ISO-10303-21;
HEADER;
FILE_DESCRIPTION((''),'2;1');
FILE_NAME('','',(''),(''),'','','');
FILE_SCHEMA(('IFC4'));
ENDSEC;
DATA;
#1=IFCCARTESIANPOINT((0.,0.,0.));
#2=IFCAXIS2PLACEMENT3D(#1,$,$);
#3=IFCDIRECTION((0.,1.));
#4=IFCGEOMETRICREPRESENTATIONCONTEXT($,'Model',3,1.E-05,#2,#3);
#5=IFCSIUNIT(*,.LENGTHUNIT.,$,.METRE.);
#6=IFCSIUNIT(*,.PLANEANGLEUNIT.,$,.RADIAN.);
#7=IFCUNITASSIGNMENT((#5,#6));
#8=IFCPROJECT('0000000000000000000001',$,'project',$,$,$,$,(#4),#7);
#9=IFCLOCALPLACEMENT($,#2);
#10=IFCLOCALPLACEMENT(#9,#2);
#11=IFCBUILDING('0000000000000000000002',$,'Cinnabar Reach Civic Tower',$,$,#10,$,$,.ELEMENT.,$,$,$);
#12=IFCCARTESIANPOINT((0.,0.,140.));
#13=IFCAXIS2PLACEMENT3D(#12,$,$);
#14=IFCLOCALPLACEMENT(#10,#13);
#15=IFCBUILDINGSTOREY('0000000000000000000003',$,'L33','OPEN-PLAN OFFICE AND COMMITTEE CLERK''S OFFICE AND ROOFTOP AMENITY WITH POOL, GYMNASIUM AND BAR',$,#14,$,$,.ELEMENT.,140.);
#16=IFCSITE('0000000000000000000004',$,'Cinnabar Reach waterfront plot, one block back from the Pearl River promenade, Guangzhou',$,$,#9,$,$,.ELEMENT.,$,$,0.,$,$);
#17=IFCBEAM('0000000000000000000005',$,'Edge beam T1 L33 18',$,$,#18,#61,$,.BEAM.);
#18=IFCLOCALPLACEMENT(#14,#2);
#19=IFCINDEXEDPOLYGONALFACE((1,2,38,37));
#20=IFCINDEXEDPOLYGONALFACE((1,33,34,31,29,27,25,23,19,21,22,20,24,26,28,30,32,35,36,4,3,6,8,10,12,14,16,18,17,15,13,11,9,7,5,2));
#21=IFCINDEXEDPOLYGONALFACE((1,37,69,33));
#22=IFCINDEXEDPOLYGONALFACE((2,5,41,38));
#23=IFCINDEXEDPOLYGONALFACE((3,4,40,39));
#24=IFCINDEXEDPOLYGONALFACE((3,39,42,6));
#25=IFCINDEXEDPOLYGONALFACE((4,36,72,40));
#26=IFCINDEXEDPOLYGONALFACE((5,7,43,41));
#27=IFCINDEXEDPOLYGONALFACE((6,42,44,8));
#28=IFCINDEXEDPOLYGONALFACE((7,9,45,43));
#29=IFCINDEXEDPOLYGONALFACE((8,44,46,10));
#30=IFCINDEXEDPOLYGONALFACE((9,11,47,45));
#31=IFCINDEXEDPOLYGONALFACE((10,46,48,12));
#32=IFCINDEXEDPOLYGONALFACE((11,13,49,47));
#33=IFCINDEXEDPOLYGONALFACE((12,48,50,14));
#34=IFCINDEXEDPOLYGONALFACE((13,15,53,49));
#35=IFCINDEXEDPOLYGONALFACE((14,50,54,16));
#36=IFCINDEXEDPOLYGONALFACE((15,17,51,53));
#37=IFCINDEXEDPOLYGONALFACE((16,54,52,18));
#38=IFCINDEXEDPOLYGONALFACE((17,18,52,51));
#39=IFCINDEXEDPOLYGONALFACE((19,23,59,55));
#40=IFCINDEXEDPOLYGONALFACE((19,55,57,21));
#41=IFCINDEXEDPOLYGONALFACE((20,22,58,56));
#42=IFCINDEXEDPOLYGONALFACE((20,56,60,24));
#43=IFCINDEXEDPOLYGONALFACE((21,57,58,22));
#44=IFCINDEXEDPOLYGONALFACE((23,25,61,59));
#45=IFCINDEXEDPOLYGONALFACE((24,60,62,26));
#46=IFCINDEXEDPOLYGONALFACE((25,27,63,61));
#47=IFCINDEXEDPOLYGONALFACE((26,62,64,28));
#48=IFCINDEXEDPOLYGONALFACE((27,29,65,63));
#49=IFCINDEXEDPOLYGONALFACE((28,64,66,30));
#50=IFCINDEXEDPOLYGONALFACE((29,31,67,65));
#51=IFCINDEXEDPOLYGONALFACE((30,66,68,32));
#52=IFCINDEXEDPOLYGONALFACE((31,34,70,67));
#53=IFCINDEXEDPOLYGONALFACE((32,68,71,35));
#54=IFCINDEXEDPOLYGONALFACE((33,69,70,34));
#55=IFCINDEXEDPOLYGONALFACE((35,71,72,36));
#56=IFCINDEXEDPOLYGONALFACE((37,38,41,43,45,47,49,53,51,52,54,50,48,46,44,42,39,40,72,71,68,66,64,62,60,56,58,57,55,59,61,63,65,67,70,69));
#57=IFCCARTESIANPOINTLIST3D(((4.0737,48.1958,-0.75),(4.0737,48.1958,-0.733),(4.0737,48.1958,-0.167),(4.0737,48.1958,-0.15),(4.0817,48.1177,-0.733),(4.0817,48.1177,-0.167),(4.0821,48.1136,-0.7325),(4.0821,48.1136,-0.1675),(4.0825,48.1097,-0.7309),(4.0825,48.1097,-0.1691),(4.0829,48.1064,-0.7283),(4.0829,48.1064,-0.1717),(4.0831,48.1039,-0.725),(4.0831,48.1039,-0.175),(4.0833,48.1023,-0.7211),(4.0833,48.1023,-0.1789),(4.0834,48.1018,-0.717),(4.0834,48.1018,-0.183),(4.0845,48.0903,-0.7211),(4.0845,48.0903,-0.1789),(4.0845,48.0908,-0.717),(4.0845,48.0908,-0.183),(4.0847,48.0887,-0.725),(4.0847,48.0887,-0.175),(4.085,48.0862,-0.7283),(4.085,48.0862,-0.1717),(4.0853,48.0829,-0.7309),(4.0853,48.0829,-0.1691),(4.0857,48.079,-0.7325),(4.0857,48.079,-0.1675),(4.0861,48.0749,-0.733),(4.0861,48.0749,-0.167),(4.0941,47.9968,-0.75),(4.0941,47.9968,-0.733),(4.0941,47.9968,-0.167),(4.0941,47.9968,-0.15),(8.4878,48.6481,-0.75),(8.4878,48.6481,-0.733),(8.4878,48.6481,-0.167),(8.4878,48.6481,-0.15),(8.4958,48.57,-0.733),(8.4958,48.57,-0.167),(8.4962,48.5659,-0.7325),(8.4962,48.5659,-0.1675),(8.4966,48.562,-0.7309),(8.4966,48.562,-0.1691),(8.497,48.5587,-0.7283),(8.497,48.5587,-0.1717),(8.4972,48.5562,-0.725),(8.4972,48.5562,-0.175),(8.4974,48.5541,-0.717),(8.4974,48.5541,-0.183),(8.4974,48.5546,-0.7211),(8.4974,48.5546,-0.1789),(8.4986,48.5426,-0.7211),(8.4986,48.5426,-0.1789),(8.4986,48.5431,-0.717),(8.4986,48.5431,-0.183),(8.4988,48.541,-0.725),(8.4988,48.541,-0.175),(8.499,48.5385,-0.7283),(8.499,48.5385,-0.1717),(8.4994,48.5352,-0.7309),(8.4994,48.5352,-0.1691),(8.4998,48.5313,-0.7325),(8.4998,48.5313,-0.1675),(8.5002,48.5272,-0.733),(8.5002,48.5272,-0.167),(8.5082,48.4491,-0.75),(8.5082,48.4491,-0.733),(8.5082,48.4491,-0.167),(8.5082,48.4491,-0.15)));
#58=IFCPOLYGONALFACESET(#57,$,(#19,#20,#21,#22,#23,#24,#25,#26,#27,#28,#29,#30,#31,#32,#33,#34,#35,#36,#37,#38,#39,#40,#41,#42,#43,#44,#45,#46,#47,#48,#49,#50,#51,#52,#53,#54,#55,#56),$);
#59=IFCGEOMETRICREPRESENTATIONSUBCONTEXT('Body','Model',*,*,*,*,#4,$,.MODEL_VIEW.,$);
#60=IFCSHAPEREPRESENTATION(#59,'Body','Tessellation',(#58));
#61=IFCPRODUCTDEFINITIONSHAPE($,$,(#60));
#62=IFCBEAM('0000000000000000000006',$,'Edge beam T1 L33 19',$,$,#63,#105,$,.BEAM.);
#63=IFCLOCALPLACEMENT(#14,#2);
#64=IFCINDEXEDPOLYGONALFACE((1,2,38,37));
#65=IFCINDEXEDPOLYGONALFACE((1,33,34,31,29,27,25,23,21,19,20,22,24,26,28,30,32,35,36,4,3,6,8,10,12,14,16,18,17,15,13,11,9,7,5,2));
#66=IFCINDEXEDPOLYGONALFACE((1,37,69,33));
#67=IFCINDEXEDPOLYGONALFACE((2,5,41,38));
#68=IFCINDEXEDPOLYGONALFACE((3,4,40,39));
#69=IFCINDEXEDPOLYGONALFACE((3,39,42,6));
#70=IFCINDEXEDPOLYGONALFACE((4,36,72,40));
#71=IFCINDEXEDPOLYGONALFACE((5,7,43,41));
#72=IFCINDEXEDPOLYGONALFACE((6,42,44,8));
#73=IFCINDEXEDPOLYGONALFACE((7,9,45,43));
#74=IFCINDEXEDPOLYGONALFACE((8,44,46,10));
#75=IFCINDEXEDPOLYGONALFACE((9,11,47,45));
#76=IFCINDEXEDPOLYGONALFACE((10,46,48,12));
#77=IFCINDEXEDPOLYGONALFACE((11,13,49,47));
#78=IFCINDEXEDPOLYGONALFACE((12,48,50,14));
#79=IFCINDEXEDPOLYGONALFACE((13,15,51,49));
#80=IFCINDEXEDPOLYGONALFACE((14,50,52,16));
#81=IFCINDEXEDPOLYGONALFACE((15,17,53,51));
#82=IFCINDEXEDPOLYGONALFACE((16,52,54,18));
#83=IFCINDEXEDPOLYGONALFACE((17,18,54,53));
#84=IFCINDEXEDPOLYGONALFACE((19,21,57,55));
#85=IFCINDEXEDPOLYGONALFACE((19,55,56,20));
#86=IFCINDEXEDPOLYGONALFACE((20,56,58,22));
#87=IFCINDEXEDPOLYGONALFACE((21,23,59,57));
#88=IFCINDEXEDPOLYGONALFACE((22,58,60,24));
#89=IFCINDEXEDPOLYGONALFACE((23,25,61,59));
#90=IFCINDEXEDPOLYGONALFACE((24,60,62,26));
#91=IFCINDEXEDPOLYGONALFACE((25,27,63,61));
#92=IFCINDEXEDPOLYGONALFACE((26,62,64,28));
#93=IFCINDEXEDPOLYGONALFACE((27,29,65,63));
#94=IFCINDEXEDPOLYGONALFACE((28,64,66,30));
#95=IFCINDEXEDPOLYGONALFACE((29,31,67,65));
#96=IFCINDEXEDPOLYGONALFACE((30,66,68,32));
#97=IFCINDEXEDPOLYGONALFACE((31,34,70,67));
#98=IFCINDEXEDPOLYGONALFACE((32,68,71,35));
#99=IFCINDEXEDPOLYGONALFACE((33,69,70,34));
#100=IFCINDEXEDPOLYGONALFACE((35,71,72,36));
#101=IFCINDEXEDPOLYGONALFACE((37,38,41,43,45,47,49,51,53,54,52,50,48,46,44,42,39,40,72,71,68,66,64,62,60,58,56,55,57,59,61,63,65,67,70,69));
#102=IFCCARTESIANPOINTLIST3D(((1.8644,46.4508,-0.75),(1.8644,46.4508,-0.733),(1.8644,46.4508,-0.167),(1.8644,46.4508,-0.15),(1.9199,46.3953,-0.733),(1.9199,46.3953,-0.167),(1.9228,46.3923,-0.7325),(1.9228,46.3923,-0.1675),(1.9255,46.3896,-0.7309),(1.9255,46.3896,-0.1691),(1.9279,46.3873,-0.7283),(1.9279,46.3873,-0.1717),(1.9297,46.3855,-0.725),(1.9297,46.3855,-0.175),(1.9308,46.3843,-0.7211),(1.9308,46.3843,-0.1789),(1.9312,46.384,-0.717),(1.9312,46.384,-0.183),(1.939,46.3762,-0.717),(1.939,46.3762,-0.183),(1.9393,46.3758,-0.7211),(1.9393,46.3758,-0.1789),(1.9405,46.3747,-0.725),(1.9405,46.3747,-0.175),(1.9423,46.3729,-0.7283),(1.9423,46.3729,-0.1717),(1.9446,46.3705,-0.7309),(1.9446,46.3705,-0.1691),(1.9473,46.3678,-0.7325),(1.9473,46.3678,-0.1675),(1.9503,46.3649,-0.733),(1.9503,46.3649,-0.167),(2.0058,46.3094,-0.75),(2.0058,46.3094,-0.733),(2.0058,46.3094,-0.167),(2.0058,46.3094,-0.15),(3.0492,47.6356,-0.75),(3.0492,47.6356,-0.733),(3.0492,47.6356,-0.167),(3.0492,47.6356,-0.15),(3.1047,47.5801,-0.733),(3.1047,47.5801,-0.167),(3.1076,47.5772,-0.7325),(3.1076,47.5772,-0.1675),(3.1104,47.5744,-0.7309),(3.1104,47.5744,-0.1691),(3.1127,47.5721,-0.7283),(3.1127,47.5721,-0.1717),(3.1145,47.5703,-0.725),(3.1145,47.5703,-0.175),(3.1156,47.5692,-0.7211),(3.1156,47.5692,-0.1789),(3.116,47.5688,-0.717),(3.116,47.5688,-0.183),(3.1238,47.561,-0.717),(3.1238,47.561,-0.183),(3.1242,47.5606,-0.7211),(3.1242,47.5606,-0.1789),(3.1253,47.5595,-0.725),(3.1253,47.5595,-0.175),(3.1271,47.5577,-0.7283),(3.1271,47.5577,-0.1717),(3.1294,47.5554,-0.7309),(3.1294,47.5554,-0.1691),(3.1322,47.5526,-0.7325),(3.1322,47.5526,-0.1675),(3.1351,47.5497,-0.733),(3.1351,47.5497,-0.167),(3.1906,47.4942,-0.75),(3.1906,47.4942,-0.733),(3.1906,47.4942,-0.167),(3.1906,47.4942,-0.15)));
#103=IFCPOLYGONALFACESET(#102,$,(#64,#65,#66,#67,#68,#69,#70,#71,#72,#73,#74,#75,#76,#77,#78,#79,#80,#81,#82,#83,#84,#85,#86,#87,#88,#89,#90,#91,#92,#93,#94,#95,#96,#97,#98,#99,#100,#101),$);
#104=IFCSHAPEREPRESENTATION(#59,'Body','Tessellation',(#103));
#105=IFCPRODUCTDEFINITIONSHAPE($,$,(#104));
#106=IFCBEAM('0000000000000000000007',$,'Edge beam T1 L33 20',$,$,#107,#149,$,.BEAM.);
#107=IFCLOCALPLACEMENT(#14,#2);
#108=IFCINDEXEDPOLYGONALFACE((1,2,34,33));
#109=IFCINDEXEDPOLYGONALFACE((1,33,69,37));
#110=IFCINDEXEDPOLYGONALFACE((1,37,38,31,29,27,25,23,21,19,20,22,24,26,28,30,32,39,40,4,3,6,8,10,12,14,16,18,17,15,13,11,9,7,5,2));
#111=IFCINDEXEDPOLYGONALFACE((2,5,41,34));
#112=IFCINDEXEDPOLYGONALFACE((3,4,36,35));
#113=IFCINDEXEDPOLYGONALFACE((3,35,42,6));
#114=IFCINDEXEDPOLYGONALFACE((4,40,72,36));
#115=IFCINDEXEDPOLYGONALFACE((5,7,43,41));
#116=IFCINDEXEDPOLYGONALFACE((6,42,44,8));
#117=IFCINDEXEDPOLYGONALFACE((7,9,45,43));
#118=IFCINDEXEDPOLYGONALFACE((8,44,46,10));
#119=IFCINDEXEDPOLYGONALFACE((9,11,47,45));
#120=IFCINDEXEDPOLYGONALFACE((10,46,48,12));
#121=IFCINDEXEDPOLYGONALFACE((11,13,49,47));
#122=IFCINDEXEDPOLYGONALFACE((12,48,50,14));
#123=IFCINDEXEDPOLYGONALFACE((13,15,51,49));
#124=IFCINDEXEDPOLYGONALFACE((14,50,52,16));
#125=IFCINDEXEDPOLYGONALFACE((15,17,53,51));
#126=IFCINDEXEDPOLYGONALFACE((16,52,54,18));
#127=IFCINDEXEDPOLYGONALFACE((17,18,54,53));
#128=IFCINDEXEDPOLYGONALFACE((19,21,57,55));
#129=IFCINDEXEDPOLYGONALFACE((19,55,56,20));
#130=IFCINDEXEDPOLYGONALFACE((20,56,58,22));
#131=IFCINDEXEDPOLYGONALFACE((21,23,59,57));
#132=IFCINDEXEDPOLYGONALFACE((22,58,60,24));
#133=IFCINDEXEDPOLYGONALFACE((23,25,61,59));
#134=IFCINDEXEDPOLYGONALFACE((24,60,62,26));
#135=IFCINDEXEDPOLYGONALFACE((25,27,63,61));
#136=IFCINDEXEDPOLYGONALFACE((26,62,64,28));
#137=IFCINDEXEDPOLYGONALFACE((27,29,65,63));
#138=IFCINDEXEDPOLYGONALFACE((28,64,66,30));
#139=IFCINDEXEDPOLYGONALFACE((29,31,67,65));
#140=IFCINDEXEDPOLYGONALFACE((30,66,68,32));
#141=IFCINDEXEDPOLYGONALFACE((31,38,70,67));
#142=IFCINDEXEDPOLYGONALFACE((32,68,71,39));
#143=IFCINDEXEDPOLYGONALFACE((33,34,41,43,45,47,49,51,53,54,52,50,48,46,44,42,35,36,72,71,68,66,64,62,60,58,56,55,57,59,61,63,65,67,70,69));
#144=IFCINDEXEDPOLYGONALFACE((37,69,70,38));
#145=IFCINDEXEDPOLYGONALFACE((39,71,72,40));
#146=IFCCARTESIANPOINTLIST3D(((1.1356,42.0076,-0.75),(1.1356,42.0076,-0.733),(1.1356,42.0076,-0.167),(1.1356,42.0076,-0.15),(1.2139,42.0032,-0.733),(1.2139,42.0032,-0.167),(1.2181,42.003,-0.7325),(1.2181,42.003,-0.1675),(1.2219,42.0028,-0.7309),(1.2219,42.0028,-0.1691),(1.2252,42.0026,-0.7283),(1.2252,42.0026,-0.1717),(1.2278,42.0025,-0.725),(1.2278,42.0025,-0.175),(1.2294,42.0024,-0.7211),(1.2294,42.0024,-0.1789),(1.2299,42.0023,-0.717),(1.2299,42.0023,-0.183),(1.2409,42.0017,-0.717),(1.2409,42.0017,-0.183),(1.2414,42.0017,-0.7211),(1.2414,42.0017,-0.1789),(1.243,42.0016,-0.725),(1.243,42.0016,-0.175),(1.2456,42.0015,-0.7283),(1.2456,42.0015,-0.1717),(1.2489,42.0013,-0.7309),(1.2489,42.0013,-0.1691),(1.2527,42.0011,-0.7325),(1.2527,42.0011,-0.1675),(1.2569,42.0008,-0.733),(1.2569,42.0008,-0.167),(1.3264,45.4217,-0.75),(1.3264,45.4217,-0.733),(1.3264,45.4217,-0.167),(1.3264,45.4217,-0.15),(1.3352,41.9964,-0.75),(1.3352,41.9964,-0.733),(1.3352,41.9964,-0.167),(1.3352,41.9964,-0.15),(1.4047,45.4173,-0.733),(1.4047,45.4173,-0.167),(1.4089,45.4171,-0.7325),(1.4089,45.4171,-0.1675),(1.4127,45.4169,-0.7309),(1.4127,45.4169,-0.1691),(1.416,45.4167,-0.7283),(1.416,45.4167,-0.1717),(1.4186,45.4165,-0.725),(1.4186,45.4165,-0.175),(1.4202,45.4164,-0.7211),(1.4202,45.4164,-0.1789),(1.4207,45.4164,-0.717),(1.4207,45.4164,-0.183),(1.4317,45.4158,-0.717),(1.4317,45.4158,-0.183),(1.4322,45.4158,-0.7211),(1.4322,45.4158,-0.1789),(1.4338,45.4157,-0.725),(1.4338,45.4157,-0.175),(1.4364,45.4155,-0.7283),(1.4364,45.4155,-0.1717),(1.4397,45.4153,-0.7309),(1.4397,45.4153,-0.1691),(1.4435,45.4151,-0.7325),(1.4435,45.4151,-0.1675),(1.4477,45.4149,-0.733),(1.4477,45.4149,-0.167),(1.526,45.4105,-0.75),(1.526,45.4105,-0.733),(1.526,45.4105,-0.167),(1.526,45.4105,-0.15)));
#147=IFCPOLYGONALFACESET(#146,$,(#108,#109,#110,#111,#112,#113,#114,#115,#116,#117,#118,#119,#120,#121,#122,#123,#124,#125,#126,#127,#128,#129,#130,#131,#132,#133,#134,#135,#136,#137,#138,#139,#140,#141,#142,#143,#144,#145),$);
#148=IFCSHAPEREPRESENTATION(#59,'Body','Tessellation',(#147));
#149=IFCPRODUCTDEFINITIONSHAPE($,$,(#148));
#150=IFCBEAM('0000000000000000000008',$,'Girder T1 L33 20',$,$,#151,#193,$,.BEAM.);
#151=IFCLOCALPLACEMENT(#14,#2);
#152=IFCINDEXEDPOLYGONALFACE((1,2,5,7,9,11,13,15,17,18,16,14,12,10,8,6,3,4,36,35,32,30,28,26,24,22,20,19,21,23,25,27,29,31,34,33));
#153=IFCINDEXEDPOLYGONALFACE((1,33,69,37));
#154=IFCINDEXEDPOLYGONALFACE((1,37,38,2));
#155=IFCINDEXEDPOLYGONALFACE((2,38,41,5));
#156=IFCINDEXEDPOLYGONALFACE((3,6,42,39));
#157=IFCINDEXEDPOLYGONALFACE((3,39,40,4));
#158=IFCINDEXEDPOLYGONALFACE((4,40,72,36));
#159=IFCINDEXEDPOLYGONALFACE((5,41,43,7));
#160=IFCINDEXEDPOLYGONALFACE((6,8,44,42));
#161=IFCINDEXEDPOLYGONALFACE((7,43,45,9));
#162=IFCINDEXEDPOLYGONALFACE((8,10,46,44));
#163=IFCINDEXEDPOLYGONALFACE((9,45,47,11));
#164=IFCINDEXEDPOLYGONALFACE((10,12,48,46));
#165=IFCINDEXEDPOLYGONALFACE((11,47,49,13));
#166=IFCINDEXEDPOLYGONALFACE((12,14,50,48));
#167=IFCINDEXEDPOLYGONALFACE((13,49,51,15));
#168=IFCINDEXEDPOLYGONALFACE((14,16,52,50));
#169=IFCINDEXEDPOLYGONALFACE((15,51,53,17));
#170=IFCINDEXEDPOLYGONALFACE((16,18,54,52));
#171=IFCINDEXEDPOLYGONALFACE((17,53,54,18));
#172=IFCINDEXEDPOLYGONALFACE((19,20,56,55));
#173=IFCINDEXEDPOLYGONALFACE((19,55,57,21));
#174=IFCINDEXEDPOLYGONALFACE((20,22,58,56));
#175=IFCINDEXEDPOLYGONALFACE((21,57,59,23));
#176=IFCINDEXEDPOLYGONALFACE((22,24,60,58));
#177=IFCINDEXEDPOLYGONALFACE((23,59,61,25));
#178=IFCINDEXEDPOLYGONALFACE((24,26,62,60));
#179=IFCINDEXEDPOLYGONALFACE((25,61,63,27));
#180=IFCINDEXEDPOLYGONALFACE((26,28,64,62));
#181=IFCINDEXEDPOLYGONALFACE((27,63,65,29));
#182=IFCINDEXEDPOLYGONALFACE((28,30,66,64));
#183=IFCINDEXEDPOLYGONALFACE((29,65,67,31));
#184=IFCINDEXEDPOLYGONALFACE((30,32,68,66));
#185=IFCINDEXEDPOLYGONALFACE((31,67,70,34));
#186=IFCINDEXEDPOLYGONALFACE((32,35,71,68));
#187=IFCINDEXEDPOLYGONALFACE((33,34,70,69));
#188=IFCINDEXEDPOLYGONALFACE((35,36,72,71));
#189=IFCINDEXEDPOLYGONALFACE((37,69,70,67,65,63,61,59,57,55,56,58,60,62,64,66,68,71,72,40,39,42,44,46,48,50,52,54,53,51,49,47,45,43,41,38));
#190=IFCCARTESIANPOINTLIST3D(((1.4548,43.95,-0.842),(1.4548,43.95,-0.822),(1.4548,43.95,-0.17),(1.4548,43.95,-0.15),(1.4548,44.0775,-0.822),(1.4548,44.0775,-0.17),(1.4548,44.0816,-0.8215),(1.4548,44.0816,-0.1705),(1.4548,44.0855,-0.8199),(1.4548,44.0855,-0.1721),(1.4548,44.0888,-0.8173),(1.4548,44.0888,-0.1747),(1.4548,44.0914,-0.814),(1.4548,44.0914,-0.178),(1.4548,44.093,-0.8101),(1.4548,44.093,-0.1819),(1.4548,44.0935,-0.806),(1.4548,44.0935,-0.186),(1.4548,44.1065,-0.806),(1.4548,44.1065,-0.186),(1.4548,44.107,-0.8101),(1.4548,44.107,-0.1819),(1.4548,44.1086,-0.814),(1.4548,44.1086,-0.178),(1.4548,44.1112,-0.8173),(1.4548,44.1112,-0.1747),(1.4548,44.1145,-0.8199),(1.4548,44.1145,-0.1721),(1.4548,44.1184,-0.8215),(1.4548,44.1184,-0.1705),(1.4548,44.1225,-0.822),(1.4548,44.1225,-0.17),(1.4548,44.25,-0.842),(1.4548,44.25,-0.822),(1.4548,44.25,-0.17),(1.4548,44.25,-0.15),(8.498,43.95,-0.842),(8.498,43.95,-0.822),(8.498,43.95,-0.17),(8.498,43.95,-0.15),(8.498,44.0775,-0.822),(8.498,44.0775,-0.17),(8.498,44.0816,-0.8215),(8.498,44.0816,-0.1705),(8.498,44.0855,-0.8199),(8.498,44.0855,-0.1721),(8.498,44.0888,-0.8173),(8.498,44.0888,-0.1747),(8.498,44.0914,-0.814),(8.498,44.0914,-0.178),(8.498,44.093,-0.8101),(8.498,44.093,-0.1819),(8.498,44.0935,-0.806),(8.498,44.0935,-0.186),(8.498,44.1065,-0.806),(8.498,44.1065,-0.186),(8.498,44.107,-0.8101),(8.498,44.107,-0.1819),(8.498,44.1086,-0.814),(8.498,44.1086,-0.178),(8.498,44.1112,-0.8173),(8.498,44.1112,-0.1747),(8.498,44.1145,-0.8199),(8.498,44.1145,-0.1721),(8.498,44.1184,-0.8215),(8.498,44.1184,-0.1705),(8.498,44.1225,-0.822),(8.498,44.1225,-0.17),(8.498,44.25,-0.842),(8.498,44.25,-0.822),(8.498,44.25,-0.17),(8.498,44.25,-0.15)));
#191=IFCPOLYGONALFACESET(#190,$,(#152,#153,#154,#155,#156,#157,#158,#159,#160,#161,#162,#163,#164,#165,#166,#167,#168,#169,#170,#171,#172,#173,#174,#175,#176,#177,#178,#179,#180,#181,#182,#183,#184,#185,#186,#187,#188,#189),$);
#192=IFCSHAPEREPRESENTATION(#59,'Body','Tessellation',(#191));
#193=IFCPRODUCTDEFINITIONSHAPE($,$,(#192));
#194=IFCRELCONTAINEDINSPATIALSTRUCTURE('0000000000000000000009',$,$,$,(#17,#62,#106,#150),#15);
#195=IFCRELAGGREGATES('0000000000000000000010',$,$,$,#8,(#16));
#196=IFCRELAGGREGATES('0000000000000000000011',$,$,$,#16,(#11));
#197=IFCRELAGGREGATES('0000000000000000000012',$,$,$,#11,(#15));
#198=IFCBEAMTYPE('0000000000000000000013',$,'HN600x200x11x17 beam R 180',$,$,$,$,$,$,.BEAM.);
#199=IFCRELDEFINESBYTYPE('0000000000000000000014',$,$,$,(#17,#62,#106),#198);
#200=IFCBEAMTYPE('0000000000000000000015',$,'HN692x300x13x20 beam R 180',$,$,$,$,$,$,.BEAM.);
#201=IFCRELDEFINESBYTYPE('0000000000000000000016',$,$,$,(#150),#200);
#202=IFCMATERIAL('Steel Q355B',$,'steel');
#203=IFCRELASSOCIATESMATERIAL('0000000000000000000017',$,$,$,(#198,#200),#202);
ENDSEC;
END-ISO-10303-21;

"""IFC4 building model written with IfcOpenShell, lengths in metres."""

from ifc_helpers import new_model, si_unit, direction, frame, origin, origin_2d, place, context, subcontext, project, spatial, i_section, extrude, material, material_profile, profile_set, type_object, element, save


model = new_model("IFC4")

# Units and contexts
model_context = context("Model", 3, precision=1e-05, world=origin(), true_north=direction((0.0, 1.0)))
body_context = subcontext(model_context, "Body", "Model", "MODEL_VIEW")
ifc_project = project(units=[si_unit("LENGTHUNIT", "METRE"), si_unit("PLANEANGLEUNIT", "RADIAN")], contexts=[model_context])

# Site, building, storey
site_placement = place(None, origin())
site = spatial("IfcSite", under=ifc_project, at=site_placement, Name="Cinnabar Reach waterfront plot, one block back from the Pearl River promenade, Guangzhou", CompositionType="ELEMENT", RefElevation=0.0)
building_placement = place(site_placement, origin())
building = spatial("IfcBuilding", under=site, at=building_placement, Name="Cinnabar Reach Civic Tower", CompositionType="ELEMENT")
storey_placement = place(building_placement, frame((0.0, 0.0, 140.0)))
storey = spatial("IfcBuildingStorey", under=building, at=storey_placement, Name="L33", Description="OPEN-PLAN OFFICE AND COMMITTEE CLERK'S OFFICE AND ROOFTOP AMENITY WITH POOL, GYMNASIUM AND BAR", CompositionType="ELEMENT", Elevation=140.0)

# Beams
ifc_material_1 = material(Name="Steel Q355B", Category="steel")
ifc_material_profile_1 = material_profile(ifc_material_1, i_section(OverallWidth=0.2, OverallDepth=0.6, WebThickness=0.011, FlangeThickness=0.017, FilletRadius=0.016, at=origin_2d()), Name="HN600x200x11x17")
ifc_profile_set_1 = profile_set([ifc_material_profile_1], Name="Steel Q355B")
beam_type_1 = type_object("IfcBeamType", Name="HN600x200x11x17 beam R 180", PredefinedType="BEAM", material=ifc_profile_set_1)
beam_1_placement = place(storey_placement, frame((8.498, 48.5486, -0.45), z_axis=(-0.994791, -0.101933, 0.0), x_axis=(0.101933, -0.994791, 0.0)))
element("IfcBeam", 1, at=beam_1_placement, inside=storey, type_object=beam_type_1, Name="Edge beam T1 L33 18", PredefinedType="BEAM", context=body_context, shape_type="SweptSolid", body=[
    extrude(i_section(OverallWidth=0.2, OverallDepth=0.6, WebThickness=0.011, FlangeThickness=0.017, FilletRadius=0.016, at=origin_2d()), origin(), (0.0, 0.0, 1.0), 4.4372),
])
beam_2_placement = place(storey_placement, frame((3.1199, 47.5649, -0.45), z_axis=(-0.707107, -0.707107, 0.0), x_axis=(0.707107, -0.707107, 0.0)))
element("IfcBeam", 2, at=beam_2_placement, inside=storey, type_object=beam_type_1, Name="Edge beam T1 L33 19", PredefinedType="BEAM", context=body_context, shape_type="SweptSolid", body=[
    extrude(i_section(OverallWidth=0.2, OverallDepth=0.6, WebThickness=0.011, FlangeThickness=0.017, FilletRadius=0.016, at=origin_2d()), origin(), (0.0, 0.0, 1.0), 1.6756),
])
beam_3_placement = place(storey_placement, frame((1.4262, 45.4161, -0.45), z_axis=(-0.055799, -0.998442, 0.0), x_axis=(0.998442, -0.055799, 0.0)))
element("IfcBeam", 3, at=beam_3_placement, inside=storey, type_object=beam_type_1, Name="Edge beam T1 L33 20", PredefinedType="BEAM", context=body_context, shape_type="SweptSolid", body=[
    extrude(i_section(OverallWidth=0.2, OverallDepth=0.6, WebThickness=0.011, FlangeThickness=0.017, FilletRadius=0.016, at=origin_2d()), origin(), (0.0, 0.0, 1.0), 3.4194),
])
ifc_material_profile_2 = material_profile(ifc_material_1, i_section(OverallWidth=0.3, OverallDepth=0.692, WebThickness=0.013, FlangeThickness=0.02, FilletRadius=0.016, at=origin_2d()), Name="HN692x300x13x20")
ifc_profile_set_2 = profile_set([ifc_material_profile_2], Name="Steel Q355B")
beam_type_2 = type_object("IfcBeamType", Name="HN692x300x13x20 beam R 180", PredefinedType="BEAM", material=ifc_profile_set_2)
beam_4_placement = place(storey_placement, frame((1.4548, 44.1, -0.496), z_axis=(1.0, 0.0, 0.0), x_axis=(0.0, 1.0, 0.0)))
element("IfcBeam", 4, at=beam_4_placement, inside=storey, type_object=beam_type_2, Name="Girder T1 L33 20", PredefinedType="BEAM", context=body_context, shape_type="SweptSolid", body=[
    extrude(i_section(OverallWidth=0.3, OverallDepth=0.692, WebThickness=0.013, FlangeThickness=0.02, FilletRadius=0.016, at=origin_2d()), origin(), (0.0, 0.0, 1.0), 7.0432),
])

save(model, "model.ifc")
